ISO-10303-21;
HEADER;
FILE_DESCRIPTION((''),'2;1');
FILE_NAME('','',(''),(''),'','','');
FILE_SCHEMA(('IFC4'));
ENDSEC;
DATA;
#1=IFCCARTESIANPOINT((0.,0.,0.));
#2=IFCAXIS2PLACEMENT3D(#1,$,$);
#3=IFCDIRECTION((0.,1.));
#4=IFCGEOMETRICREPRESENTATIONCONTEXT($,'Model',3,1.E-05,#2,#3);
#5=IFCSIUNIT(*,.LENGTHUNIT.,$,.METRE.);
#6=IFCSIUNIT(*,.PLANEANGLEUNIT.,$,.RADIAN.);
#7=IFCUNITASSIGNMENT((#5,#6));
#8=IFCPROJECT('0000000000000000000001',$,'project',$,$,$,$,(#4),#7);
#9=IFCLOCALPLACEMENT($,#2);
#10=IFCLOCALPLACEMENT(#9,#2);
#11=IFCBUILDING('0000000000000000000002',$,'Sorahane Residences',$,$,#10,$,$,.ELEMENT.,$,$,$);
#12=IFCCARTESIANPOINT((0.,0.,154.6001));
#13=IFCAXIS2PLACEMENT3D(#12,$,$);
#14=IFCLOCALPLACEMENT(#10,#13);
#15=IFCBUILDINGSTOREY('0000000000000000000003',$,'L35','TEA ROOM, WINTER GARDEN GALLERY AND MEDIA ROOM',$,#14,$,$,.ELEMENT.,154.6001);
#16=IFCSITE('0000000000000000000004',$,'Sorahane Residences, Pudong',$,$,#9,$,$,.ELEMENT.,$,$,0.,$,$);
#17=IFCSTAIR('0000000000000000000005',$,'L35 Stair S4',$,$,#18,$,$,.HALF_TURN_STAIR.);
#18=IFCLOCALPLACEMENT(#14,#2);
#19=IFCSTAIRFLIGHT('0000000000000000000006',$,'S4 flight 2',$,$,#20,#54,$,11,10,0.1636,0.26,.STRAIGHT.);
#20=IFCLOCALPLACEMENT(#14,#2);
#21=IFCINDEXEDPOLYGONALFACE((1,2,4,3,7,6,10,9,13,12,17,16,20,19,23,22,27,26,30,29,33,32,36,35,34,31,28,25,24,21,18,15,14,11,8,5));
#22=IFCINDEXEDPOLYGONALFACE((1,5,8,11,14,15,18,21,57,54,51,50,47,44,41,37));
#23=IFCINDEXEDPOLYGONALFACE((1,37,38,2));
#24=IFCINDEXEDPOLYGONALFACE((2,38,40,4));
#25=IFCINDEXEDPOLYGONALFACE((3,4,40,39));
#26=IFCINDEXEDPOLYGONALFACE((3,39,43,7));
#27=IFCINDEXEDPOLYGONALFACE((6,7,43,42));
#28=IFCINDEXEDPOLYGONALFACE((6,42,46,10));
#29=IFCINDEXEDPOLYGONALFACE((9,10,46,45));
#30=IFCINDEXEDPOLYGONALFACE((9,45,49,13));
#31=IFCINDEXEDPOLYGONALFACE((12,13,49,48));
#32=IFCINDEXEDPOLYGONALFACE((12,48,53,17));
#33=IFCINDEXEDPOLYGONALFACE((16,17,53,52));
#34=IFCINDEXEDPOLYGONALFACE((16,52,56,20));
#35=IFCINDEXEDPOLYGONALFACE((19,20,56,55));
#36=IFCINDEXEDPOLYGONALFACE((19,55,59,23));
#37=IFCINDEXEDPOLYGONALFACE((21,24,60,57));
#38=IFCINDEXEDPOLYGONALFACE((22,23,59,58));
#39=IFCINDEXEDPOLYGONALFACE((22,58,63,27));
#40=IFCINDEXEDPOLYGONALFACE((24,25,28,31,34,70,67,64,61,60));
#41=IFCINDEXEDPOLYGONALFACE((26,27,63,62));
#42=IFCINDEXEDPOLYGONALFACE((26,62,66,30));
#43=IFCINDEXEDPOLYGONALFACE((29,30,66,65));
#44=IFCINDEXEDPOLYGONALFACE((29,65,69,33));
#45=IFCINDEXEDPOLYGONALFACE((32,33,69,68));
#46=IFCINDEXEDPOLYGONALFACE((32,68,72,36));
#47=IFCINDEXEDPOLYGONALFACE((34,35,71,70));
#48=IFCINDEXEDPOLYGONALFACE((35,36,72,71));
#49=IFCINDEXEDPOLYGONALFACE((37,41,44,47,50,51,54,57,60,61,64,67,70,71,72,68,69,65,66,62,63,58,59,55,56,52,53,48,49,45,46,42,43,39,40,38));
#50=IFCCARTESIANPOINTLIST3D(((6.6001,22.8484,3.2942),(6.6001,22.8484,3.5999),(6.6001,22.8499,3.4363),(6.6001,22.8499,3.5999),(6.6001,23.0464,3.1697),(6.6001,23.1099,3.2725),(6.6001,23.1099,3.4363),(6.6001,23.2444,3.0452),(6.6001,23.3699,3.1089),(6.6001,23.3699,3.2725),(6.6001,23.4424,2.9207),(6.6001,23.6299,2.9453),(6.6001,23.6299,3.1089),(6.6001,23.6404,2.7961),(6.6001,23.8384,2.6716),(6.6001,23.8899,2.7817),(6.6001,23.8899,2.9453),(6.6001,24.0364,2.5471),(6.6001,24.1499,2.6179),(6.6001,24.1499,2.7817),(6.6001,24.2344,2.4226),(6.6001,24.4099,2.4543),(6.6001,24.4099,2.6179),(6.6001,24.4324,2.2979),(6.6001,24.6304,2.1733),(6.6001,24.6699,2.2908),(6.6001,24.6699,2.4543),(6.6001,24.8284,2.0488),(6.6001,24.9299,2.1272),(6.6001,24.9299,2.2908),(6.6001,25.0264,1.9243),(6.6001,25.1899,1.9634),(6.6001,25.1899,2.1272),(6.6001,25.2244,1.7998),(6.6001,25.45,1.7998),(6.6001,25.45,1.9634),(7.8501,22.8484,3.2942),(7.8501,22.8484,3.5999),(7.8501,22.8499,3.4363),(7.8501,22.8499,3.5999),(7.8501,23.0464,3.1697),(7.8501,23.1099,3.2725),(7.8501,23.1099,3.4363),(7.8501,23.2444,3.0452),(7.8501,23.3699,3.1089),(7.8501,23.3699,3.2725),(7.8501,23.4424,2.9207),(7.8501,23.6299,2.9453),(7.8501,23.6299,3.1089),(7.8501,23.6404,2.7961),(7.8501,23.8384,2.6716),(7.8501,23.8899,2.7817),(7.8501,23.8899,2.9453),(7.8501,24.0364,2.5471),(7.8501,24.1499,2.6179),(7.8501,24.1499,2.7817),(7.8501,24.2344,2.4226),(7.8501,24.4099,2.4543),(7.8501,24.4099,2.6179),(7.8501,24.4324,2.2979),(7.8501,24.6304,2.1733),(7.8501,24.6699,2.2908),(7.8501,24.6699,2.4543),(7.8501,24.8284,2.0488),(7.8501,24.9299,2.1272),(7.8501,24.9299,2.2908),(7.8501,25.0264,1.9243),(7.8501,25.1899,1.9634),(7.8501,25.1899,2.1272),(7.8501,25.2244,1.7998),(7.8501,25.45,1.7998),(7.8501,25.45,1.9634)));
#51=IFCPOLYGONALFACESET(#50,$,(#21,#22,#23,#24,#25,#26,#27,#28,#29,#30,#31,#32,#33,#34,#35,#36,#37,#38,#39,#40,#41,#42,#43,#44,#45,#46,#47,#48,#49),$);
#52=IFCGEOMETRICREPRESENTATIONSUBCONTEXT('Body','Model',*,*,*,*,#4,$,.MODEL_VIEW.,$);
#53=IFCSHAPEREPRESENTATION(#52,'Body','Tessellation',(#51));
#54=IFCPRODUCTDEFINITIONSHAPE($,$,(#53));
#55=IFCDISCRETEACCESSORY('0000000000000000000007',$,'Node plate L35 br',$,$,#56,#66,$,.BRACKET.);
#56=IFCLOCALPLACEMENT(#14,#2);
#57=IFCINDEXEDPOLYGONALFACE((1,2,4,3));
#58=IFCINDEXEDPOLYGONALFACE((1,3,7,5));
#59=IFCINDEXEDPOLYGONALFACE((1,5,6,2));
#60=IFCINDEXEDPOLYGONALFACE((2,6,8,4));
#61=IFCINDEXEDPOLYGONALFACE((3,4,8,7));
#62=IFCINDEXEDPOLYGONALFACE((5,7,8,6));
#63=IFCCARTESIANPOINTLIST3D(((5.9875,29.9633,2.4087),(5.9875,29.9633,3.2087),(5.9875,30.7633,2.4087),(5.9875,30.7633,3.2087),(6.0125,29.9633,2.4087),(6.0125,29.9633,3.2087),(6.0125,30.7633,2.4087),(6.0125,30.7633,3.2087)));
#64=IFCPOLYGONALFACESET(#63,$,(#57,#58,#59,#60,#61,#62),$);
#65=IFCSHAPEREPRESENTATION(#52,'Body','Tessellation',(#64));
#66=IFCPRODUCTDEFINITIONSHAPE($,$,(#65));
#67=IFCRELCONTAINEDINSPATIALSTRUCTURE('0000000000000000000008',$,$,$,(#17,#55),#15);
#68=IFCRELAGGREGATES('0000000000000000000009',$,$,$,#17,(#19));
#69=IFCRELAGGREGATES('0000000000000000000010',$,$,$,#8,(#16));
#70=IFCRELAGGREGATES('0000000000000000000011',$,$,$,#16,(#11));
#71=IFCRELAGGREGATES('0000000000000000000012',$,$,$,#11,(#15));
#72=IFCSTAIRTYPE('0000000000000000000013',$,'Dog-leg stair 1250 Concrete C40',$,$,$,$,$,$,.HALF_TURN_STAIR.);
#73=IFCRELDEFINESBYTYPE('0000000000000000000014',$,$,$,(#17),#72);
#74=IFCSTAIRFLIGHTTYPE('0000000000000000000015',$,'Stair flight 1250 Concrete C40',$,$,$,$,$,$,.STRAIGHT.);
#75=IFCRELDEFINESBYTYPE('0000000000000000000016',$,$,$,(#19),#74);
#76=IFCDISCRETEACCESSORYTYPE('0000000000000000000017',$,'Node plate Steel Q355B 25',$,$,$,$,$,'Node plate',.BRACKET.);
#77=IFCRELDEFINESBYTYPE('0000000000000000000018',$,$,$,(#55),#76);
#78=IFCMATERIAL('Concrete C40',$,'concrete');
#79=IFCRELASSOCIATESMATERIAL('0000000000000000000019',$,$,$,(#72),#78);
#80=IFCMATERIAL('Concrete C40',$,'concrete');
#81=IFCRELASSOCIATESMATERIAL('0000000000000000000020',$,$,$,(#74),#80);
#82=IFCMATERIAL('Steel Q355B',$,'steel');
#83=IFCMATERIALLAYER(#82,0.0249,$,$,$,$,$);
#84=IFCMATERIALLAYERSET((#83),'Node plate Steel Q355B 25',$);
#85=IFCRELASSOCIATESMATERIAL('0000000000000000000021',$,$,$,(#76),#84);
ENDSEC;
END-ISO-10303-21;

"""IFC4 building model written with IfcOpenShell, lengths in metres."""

from ifc_helpers import new_model, si_unit, direction, frame, origin, origin_2d, place, context, subcontext, project, spatial, polyline, rectangle, outline, extrude, material, layer, layer_set, type_object, element, aggregate, save


model = new_model("IFC4")

# Units and contexts
model_context = context("Model", 3, precision=1e-05, world=origin(), true_north=direction((0.0, 1.0)))
body_context = subcontext(model_context, "Body", "Model", "MODEL_VIEW")
ifc_project = project(units=[si_unit("LENGTHUNIT", "METRE"), si_unit("PLANEANGLEUNIT", "RADIAN")], contexts=[model_context])

# Site, building, storey
site_placement = place(None, origin())
site = spatial("IfcSite", under=ifc_project, at=site_placement, Name="Sorahane Residences, Pudong", CompositionType="ELEMENT", RefElevation=0.0)
building_placement = place(site_placement, origin())
building = spatial("IfcBuilding", under=site, at=building_placement, Name="Sorahane Residences", CompositionType="ELEMENT")
storey_placement = place(building_placement, frame((0.0, 0.0, 154.6001)))
storey = spatial("IfcBuildingStorey", under=building, at=storey_placement, Name="L35", Description="TEA ROOM, WINTER GARDEN GALLERY AND MEDIA ROOM", CompositionType="ELEMENT", Elevation=154.6001)

# Stair, stair flight
ifc_material_1 = material(Name="Concrete C40", Category="concrete")
stair_type = type_object("IfcStairType", Name="Dog-leg stair 1250 Concrete C40", PredefinedType="HALF_TURN_STAIR", material=ifc_material_1)
stair_placement = place(storey_placement, origin())
stair = element("IfcStair", 1, at=stair_placement, inside=storey, type_object=stair_type, Name="L35 Stair S4", PredefinedType="HALF_TURN_STAIR")
ifc_material_2 = material(Name="Concrete C40", Category="concrete")
stair_flight_type = type_object("IfcStairFlightType", Name="Stair flight 1250 Concrete C40", PredefinedType="STRAIGHT", material=ifc_material_2)
stair_flight_placement = place(storey_placement, frame((7.2251, 25.45, 1.7998), z_axis=(0.0, 0.0, 1.0), x_axis=(0.0, -1.0, 0.0)))
stair_flight = element("IfcStairFlight", 2, at=stair_flight_placement, type_object=stair_flight_type, Name="S4 flight 2", NumberOfRisers=11, NumberOfTreads=10, PredefinedType="STRAIGHT", RiserHeight=0.1636, TreadLength=0.26, context=body_context, shape_type="SweptSolid", body=[
    extrude(outline(polyline([(0.0, 0.0), (0.0, 0.1636), (0.26, 0.1636), (0.26, 0.3274), (0.52, 0.3274), (0.52, 0.491), (0.78, 0.491), (0.78, 0.6545), (1.04, 0.6545), (1.04, 0.8181), (1.3, 0.8181), (1.3, 0.9819), (1.5601, 0.9819), (1.5601, 1.1455), (1.8201, 1.1455), (1.8201, 1.3091), (2.0801, 1.3091), (2.0801, 1.4727), (2.3401, 1.4727), (2.3401, 1.6365), (2.6001, 1.6365), (2.6001, 1.8), (2.6016, 1.8), (2.6016, 1.4944), (2.4036, 1.3699), (2.2056, 1.2454), (2.0076, 1.1208), (1.8096, 0.9963), (1.6116, 0.8718), (1.4136, 0.7473), (1.2156, 0.6228), (1.0176, 0.498), (0.8196, 0.3735), (0.6216, 0.249), (0.4236, 0.1245), (0.2256, 0.0), (0.0, 0.0)])), frame((0.0, 0.625, 0.0), z_axis=(0.0, -1.0, 0.0), x_axis=(1.0, 0.0, 0.0)), (0.0, 0.0, 1.0), 1.25),
])
aggregate(stair, [stair_flight])

# Discrete accessory
ifc_material_3 = material(Name="Steel Q355B", Category="steel")
ifc_layer_1 = layer(ifc_material_3, 0.0249)
ifc_layer_set_1 = layer_set([ifc_layer_1], Name="Node plate Steel Q355B 25")
discrete_accessory_type = type_object("IfcDiscreteAccessoryType", Name="Node plate Steel Q355B 25", ElementType="Node plate", PredefinedType="BRACKET", material=ifc_layer_set_1)
discrete_accessory_placement = place(storey_placement, frame((6.0, 30.3633, 2.4087), z_axis=(0.0, 0.0, 1.0), x_axis=(0.0, 1.0, 0.0)))
element("IfcDiscreteAccessory", 3, at=discrete_accessory_placement, inside=storey, type_object=discrete_accessory_type, Name="Node plate L35 br", PredefinedType="BRACKET", context=body_context, shape_type="SweptSolid", body=[
    extrude(rectangle(XDim=0.8, YDim=0.0249, at=origin_2d()), origin(), (0.0, 0.0, 1.0), 0.8),
])

save(model, "model.ifc")
